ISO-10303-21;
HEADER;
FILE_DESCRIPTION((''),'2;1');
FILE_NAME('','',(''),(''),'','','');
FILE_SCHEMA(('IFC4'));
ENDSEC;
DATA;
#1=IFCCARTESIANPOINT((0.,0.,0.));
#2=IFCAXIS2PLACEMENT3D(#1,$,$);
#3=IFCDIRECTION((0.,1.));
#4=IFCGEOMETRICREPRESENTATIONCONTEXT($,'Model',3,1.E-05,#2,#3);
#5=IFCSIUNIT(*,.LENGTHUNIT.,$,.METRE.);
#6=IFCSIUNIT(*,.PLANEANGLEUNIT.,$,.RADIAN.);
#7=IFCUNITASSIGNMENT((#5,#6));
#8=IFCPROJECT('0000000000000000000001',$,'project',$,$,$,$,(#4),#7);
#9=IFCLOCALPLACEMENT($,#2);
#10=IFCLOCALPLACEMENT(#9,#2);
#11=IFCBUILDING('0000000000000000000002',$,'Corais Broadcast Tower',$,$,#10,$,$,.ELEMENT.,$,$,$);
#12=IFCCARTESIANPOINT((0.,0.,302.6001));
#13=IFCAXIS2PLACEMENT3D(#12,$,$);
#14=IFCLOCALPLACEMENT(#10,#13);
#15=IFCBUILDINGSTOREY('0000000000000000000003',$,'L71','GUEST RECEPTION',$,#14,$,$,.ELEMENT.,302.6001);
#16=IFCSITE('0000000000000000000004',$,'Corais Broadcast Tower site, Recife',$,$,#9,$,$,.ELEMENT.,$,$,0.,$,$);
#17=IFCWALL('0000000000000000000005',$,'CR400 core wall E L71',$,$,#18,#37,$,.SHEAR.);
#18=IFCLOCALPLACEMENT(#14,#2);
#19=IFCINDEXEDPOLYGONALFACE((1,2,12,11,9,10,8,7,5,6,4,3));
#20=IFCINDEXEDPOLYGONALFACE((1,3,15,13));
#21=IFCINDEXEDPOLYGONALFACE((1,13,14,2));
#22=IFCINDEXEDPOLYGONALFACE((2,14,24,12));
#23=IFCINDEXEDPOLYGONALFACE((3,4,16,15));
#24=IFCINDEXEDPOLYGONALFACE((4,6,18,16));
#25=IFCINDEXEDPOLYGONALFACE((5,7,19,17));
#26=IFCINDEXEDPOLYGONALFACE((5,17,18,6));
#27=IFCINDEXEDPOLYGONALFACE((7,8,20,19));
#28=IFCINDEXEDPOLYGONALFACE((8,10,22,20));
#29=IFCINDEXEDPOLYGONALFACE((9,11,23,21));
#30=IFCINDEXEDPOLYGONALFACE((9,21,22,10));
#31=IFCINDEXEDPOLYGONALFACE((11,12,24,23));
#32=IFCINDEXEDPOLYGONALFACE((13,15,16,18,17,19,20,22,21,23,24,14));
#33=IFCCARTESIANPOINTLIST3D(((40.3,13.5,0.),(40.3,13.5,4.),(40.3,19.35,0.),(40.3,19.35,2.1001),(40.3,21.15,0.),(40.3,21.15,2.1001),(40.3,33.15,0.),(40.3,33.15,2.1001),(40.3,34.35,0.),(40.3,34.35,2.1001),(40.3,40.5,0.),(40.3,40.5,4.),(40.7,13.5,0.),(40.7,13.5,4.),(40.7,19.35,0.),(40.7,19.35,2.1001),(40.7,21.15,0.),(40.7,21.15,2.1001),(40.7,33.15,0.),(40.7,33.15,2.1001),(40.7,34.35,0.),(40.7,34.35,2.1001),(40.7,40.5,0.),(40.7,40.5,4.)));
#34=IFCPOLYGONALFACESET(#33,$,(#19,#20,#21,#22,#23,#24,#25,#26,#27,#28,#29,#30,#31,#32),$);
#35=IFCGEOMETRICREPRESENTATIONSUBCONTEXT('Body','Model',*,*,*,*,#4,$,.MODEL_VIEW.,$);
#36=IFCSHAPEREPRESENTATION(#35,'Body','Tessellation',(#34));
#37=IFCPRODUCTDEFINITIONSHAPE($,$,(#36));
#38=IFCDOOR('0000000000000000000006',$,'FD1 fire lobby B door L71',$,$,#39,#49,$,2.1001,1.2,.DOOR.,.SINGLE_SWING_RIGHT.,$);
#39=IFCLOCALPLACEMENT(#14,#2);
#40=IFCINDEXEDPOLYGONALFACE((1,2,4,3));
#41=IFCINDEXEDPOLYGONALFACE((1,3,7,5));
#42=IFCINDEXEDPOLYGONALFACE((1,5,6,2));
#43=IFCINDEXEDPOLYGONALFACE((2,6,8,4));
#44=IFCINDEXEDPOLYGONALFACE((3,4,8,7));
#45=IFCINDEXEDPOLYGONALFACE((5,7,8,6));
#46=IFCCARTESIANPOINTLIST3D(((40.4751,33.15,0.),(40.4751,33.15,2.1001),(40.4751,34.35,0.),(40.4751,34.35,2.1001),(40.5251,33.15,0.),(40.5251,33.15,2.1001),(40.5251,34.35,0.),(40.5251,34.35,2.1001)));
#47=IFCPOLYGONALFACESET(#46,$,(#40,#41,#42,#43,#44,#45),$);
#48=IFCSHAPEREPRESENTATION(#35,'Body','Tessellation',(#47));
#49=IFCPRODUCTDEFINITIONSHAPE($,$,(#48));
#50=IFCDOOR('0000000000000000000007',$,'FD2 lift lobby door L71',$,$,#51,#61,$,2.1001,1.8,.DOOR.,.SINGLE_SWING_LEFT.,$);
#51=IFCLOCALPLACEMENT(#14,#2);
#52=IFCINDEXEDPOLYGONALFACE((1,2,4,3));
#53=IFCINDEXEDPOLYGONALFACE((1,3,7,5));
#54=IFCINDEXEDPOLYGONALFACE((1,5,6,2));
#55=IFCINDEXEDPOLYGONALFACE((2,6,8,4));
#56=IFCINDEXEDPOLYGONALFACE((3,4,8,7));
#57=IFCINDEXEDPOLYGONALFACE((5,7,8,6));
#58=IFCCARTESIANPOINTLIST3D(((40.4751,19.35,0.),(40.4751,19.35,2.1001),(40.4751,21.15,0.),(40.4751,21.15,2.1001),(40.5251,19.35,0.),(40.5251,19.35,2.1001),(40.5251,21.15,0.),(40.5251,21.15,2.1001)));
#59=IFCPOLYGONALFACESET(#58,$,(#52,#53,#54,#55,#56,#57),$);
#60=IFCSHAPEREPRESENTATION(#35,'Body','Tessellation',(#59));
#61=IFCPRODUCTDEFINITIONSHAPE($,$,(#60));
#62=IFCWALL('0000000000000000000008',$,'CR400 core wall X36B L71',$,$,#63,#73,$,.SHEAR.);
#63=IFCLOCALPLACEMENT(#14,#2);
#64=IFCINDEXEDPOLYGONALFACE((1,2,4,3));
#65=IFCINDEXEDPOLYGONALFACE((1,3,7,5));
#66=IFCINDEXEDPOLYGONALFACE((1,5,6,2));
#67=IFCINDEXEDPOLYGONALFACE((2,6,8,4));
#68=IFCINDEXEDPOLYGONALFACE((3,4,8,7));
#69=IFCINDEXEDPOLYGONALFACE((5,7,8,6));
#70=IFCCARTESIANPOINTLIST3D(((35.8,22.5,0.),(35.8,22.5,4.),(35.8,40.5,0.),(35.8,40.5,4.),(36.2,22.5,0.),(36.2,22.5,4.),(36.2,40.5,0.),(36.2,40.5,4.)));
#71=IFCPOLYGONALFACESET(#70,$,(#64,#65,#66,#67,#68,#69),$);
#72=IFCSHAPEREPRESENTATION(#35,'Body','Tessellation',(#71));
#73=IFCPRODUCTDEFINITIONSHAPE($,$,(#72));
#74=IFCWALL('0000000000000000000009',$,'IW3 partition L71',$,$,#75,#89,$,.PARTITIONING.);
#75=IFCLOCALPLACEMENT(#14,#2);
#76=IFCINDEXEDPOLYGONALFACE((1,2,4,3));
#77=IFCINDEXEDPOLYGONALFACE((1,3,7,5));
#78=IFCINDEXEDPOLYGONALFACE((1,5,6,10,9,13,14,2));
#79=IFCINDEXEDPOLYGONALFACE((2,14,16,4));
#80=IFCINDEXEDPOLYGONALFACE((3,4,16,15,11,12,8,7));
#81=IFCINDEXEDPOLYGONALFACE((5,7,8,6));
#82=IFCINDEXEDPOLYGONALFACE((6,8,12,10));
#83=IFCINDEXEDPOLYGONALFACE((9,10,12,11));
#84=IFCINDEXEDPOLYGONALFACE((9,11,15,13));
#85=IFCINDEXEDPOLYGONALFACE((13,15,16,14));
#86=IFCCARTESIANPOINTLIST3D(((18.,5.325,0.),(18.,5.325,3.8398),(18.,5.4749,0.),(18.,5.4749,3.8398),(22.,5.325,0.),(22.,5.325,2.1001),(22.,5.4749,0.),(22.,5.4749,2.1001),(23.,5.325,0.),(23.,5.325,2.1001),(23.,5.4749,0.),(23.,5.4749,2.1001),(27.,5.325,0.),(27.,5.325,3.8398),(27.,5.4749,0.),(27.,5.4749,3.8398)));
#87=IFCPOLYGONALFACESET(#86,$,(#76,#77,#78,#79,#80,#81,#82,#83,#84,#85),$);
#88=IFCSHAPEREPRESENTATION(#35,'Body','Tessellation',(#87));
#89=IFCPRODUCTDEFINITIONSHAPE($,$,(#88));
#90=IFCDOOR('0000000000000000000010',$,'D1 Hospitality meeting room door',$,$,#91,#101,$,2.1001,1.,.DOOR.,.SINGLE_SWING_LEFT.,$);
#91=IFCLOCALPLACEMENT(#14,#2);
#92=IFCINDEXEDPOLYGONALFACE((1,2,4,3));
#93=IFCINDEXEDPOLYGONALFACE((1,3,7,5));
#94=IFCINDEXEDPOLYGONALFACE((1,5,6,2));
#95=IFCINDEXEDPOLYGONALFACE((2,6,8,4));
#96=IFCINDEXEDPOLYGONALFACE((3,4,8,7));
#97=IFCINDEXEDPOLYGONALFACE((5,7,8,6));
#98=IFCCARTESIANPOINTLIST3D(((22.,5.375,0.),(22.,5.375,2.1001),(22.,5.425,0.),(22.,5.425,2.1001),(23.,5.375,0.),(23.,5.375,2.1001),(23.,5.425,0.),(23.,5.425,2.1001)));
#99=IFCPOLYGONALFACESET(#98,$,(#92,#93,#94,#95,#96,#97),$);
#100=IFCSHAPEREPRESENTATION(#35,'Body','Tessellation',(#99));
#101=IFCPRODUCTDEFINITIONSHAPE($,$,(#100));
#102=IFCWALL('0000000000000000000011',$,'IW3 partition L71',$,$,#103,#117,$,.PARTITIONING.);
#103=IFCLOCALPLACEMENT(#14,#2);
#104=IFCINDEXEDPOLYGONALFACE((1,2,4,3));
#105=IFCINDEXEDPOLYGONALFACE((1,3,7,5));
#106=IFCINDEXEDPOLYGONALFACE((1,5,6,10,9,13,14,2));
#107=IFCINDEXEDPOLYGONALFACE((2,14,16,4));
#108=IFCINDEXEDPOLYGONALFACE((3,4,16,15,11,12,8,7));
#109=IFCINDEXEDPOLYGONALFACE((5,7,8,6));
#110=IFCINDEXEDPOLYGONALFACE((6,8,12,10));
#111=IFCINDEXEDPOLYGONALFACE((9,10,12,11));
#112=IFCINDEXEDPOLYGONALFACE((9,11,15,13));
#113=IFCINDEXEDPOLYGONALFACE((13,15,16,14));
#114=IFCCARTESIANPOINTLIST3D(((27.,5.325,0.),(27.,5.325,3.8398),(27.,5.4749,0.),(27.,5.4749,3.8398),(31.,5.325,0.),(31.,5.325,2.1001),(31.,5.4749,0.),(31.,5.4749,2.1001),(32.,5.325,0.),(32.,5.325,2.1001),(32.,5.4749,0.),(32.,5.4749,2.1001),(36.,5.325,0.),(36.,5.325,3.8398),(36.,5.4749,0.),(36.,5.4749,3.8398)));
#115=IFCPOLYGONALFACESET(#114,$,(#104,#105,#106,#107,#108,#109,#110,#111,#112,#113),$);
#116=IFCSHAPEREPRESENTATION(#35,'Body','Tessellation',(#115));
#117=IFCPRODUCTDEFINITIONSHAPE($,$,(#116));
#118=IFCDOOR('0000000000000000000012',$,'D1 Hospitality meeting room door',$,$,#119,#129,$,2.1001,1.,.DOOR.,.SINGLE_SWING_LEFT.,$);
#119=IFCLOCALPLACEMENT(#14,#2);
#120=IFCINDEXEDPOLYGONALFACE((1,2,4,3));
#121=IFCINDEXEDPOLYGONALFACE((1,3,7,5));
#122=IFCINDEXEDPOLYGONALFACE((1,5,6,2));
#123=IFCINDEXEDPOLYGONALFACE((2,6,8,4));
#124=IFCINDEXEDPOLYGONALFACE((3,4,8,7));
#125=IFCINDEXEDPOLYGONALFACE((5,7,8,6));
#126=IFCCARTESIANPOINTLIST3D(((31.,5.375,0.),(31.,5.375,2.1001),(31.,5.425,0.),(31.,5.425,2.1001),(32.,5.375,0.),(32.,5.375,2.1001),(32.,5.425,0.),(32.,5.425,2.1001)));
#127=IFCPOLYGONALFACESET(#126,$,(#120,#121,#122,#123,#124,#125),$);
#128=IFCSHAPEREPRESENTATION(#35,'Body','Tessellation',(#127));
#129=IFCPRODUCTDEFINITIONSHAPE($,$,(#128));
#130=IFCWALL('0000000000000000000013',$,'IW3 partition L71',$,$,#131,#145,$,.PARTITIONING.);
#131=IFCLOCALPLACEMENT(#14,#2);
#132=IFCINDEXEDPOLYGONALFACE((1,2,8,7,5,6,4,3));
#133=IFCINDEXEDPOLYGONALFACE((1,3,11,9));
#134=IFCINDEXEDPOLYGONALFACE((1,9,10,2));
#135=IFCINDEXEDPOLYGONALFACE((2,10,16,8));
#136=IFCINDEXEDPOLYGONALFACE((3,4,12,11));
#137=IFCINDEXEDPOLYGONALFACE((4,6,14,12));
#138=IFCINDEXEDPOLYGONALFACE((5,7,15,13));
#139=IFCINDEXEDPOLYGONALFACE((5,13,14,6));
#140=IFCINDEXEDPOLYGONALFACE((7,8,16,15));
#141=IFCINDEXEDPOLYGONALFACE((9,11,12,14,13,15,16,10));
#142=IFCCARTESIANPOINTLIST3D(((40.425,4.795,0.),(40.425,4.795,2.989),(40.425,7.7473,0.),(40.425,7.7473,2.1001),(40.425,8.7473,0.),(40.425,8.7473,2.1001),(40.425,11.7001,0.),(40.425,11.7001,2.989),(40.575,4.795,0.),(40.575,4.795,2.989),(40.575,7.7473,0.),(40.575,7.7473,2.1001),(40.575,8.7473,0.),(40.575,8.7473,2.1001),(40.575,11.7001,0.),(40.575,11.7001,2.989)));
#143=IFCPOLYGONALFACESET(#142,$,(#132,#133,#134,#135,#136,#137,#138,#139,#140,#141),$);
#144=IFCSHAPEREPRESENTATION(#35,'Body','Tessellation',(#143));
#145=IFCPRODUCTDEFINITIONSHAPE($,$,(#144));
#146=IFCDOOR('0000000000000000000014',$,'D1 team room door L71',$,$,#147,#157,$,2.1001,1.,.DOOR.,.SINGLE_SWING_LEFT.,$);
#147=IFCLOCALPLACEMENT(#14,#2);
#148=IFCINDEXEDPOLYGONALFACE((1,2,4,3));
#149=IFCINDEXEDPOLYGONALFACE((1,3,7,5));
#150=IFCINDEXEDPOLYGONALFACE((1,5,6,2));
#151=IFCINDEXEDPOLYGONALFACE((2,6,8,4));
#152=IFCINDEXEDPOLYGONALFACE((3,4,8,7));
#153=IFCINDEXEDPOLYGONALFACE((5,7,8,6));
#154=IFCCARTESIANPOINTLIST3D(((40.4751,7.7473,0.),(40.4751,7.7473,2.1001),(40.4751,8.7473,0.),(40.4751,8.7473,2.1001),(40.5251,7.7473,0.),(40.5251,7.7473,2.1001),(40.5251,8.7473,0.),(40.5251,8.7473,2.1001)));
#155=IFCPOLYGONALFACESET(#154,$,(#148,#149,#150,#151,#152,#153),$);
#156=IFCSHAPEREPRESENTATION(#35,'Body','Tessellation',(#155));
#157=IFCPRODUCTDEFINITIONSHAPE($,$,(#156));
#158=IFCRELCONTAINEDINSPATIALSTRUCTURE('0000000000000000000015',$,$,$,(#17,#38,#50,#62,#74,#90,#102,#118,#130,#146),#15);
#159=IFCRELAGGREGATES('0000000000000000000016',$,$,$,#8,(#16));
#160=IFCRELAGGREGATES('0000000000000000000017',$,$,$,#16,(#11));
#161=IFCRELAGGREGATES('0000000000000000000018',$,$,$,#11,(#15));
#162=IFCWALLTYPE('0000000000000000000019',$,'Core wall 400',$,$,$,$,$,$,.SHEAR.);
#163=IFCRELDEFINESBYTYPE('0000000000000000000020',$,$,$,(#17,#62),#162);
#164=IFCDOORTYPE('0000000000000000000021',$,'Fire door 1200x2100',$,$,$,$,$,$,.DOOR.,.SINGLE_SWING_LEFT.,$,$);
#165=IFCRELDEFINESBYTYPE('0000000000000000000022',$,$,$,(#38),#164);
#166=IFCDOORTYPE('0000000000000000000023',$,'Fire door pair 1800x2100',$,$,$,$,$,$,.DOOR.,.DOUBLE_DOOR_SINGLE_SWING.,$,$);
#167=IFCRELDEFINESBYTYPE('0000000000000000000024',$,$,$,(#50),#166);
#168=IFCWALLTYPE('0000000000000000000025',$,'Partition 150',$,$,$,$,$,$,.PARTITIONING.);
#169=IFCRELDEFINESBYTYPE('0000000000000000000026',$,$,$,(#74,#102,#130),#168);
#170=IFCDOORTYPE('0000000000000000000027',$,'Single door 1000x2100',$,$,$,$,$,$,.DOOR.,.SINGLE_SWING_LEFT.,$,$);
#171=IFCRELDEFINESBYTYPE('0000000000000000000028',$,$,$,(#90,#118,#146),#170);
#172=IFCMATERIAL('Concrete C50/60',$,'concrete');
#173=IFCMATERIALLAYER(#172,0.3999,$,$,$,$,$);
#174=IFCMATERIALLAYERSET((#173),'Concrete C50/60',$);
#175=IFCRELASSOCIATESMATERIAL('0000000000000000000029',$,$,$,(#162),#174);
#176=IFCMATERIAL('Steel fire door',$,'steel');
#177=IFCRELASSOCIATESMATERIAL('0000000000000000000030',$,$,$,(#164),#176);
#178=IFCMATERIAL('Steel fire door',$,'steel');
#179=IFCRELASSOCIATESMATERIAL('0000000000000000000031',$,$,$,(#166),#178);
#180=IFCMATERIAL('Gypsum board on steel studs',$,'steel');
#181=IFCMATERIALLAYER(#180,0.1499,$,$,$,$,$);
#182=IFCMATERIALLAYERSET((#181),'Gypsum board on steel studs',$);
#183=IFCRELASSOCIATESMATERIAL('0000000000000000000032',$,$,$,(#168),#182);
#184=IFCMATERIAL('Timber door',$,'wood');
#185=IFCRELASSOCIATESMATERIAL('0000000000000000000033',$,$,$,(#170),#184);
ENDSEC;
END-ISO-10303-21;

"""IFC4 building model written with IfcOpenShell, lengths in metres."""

from ifc_helpers import new_model, si_unit, direction, frame, frame_2d, origin, place, context, subcontext, project, spatial, rectangle, extrude, material, layer, layer_set, type_object, element, fill, save


model = new_model("IFC4")

# Units and contexts
model_context = context("Model", 3, precision=1e-05, world=origin(), true_north=direction((0.0, 1.0)))
body_context = subcontext(model_context, "Body", "Model", "MODEL_VIEW")
ifc_project = project(units=[si_unit("LENGTHUNIT", "METRE"), si_unit("PLANEANGLEUNIT", "RADIAN")], contexts=[model_context])

# Site, building, storey
site_placement = place(None, origin())
site = spatial("IfcSite", under=ifc_project, at=site_placement, Name="Corais Broadcast Tower site, Recife", CompositionType="ELEMENT", RefElevation=0.0)
building_placement = place(site_placement, origin())
building = spatial("IfcBuilding", under=site, at=building_placement, Name="Corais Broadcast Tower", CompositionType="ELEMENT")
storey_placement = place(building_placement, frame((0.0, 0.0, 302.6001)))
storey = spatial("IfcBuildingStorey", under=building, at=storey_placement, Name="L71", Description="GUEST RECEPTION", CompositionType="ELEMENT", Elevation=302.6001)

# Wall, openings, doors
ifc_material_1 = material(Name="Concrete C50/60", Category="concrete")
ifc_layer_1 = layer(ifc_material_1, 0.3999)
ifc_layer_set_1 = layer_set([ifc_layer_1], Name="Concrete C50/60")
wall_type_1 = type_object("IfcWallType", Name="Core wall 400", PredefinedType="SHEAR", material=ifc_layer_set_1)
wall_1_placement = place(storey_placement, frame((40.5, 13.5, 0.0), z_axis=(0.0, 0.0, 1.0), x_axis=(0.0, 1.0, 0.0)))
wall_1 = element("IfcWall", 1, at=wall_1_placement, inside=storey, type_object=wall_type_1, Name="CR400 core wall E L71", PredefinedType="SHEAR", context=body_context, shape_type="SweptSolid", body=[
    extrude(rectangle(XDim=27.0, YDim=0.3999, at=frame_2d((13.5, 0.0))), origin(), (0.0, 0.0, 1.0), 4.0),
])
opening_1_placement = place(wall_1_placement, frame((5.8501, 0.0, 0.0)))
opening_1 = element("IfcOpeningElement", 2, at=opening_1_placement, cuts=wall_1, PredefinedType="OPENING", context=body_context, shape_type="SweptSolid", body=[
    extrude(rectangle(XDim=1.8, YDim=2.1001, at=frame_2d((0.8999, 1.05))), frame((0.0, 0.21, 0.0), z_axis=(0.0, -1.0, 0.0), x_axis=(1.0, 0.0, 0.0)), (0.0, 0.0, 1.0), 0.4199),
])
opening_2_placement = place(wall_1_placement, frame((19.6499, 0.0, 0.0)))
opening_2 = element("IfcOpeningElement", 3, at=opening_2_placement, cuts=wall_1, PredefinedType="OPENING", context=body_context, shape_type="SweptSolid", body=[
    extrude(rectangle(XDim=1.2, YDim=2.1001, at=frame_2d((0.6001, 1.05))), frame((0.0, 0.21, 0.0), z_axis=(0.0, -1.0, 0.0), x_axis=(1.0, 0.0, 0.0)), (0.0, 0.0, 1.0), 0.4199),
])
ifc_material_2 = material(Name="Steel fire door", Category="steel")
door_type_1 = type_object("IfcDoorType", Name="Fire door 1200x2100", OperationType="SINGLE_SWING_LEFT", PredefinedType="DOOR", material=ifc_material_2)
door_1_placement = place(opening_2_placement, origin())
door_1 = element("IfcDoor", 4, at=door_1_placement, inside=storey, type_object=door_type_1, Name="FD1 fire lobby B door L71", OperationType="SINGLE_SWING_RIGHT", OverallHeight=2.1001, OverallWidth=1.2, PredefinedType="DOOR", context=body_context, shape_type="SweptSolid", body=[
    extrude(rectangle(XDim=1.2, YDim=2.1001, at=frame_2d((0.6001, 1.05))), frame((0.0, 0.0249, 0.0), z_axis=(0.0, -1.0, 0.0), x_axis=(1.0, 0.0, 0.0)), (0.0, 0.0, 1.0), 0.05),
])
fill(opening_2, door_1)
ifc_material_3 = material(Name="Steel fire door", Category="steel")
door_type_2 = type_object("IfcDoorType", Name="Fire door pair 1800x2100", OperationType="DOUBLE_DOOR_SINGLE_SWING", PredefinedType="DOOR", material=ifc_material_3)
door_2_placement = place(opening_1_placement, origin())
door_2 = element("IfcDoor", 5, at=door_2_placement, inside=storey, type_object=door_type_2, Name="FD2 lift lobby door L71", OperationType="SINGLE_SWING_LEFT", OverallHeight=2.1001, OverallWidth=1.8, PredefinedType="DOOR", context=body_context, shape_type="SweptSolid", body=[
    extrude(rectangle(XDim=1.8, YDim=2.1001, at=frame_2d((0.8999, 1.05))), frame((0.0, 0.0249, 0.0), z_axis=(0.0, -1.0, 0.0), x_axis=(1.0, 0.0, 0.0)), (0.0, 0.0, 1.0), 0.05),
])
fill(opening_1, door_2)

# Wall
wall_2_placement = place(storey_placement, frame((36.0, 22.5, 0.0), z_axis=(0.0, 0.0, 1.0), x_axis=(0.0, 1.0, 0.0)))
element("IfcWall", 6, at=wall_2_placement, inside=storey, type_object=wall_type_1, Name="CR400 core wall X36B L71", PredefinedType="SHEAR", context=body_context, shape_type="SweptSolid", body=[
    extrude(rectangle(XDim=18.0, YDim=0.3999, at=frame_2d((9.0, 0.0))), origin(), (0.0, 0.0, 1.0), 4.0),
])

# Walls, openings, doors
ifc_material_4 = material(Name="Gypsum board on steel studs", Category="steel")
ifc_layer_2 = layer(ifc_material_4, 0.1499)
ifc_layer_set_2 = layer_set([ifc_layer_2], Name="Gypsum board on steel studs")
wall_type_2 = type_object("IfcWallType", Name="Partition 150", PredefinedType="PARTITIONING", material=ifc_layer_set_2)
wall_3_placement = place(storey_placement, frame((27.0, 5.3999, 0.0), z_axis=(0.0, 0.0, 1.0), x_axis=(-1.0, 0.0, 0.0)))
wall_3 = element("IfcWall", 7, at=wall_3_placement, inside=storey, type_object=wall_type_2, Name="IW3 partition L71", PredefinedType="PARTITIONING", context=body_context, shape_type="SweptSolid", body=[
    extrude(rectangle(XDim=9.0, YDim=0.1499, at=frame_2d((4.5, 0.0))), origin(), (0.0, 0.0, 1.0), 3.8398),
])
opening_3_placement = place(wall_3_placement, frame((4.0, 0.0, 0.0)))
opening_3 = element("IfcOpeningElement", 8, at=opening_3_placement, cuts=wall_3, PredefinedType="OPENING", context=body_context, shape_type="SweptSolid", body=[
    extrude(rectangle(XDim=1.0, YDim=2.1001, at=frame_2d((0.5, 1.05))), frame((0.0, 0.085, 0.0), z_axis=(0.0, -1.0, 0.0), x_axis=(1.0, 0.0, 0.0)), (0.0, 0.0, 1.0), 0.1699),
])
ifc_material_5 = material(Name="Timber door", Category="wood")
door_type_3 = type_object("IfcDoorType", Name="Single door 1000x2100", OperationType="SINGLE_SWING_LEFT", PredefinedType="DOOR", material=ifc_material_5)
door_3_placement = place(opening_3_placement, origin())
door_3 = element("IfcDoor", 9, at=door_3_placement, inside=storey, type_object=door_type_3, Name="D1 Hospitality meeting room door", OperationType="SINGLE_SWING_LEFT", OverallHeight=2.1001, OverallWidth=1.0, PredefinedType="DOOR", context=body_context, shape_type="SweptSolid", body=[
    extrude(rectangle(XDim=1.0, YDim=2.1001, at=frame_2d((0.5, 1.05))), frame((0.0, 0.0249, 0.0), z_axis=(0.0, -1.0, 0.0), x_axis=(1.0, 0.0, 0.0)), (0.0, 0.0, 1.0), 0.05),
])
fill(opening_3, door_3)
wall_4_placement = place(storey_placement, frame((36.0, 5.3999, 0.0), z_axis=(0.0, 0.0, 1.0), x_axis=(-1.0, 0.0, 0.0)))
wall_4 = element("IfcWall", 10, at=wall_4_placement, inside=storey, type_object=wall_type_2, Name="IW3 partition L71", PredefinedType="PARTITIONING", context=body_context, shape_type="SweptSolid", body=[
    extrude(rectangle(XDim=9.0, YDim=0.1499, at=frame_2d((4.5, 0.0))), origin(), (0.0, 0.0, 1.0), 3.8398),
])
opening_4_placement = place(wall_4_placement, frame((4.0, 0.0, 0.0)))
opening_4 = element("IfcOpeningElement", 11, at=opening_4_placement, cuts=wall_4, PredefinedType="OPENING", context=body_context, shape_type="SweptSolid", body=[
    extrude(rectangle(XDim=1.0, YDim=2.1001, at=frame_2d((0.5, 1.05))), frame((0.0, 0.085, 0.0), z_axis=(0.0, -1.0, 0.0), x_axis=(1.0, 0.0, 0.0)), (0.0, 0.0, 1.0), 0.1699),
])
door_4_placement = place(opening_4_placement, origin())
door_4 = element("IfcDoor", 12, at=door_4_placement, inside=storey, type_object=door_type_3, Name="D1 Hospitality meeting room door", OperationType="SINGLE_SWING_LEFT", OverallHeight=2.1001, OverallWidth=1.0, PredefinedType="DOOR", context=body_context, shape_type="SweptSolid", body=[
    extrude(rectangle(XDim=1.0, YDim=2.1001, at=frame_2d((0.5, 1.05))), frame((0.0, 0.0249, 0.0), z_axis=(0.0, -1.0, 0.0), x_axis=(1.0, 0.0, 0.0)), (0.0, 0.0, 1.0), 0.05),
])
fill(opening_4, door_4)
wall_5_placement = place(storey_placement, frame((40.5, 4.7949, 0.0), z_axis=(0.0, 0.0, 1.0), x_axis=(0.0, 1.0, 0.0)))
wall_5 = element("IfcWall", 13, at=wall_5_placement, inside=storey, type_object=wall_type_2, Name="IW3 partition L71", PredefinedType="PARTITIONING", context=body_context, shape_type="SweptSolid", body=[
    extrude(rectangle(XDim=6.905, YDim=0.1499, at=frame_2d((3.4526, 0.0))), origin(), (0.0, 0.0, 1.0), 2.989),
])
opening_5_placement = place(wall_5_placement, frame((2.9524, 0.0, 0.0)))
opening_5 = element("IfcOpeningElement", 14, at=opening_5_placement, cuts=wall_5, PredefinedType="OPENING", context=body_context, shape_type="SweptSolid", body=[
    extrude(rectangle(XDim=1.0, YDim=2.1001, at=frame_2d((0.5, 1.05))), frame((0.0, 0.085, 0.0), z_axis=(0.0, -1.0, 0.0), x_axis=(1.0, 0.0, 0.0)), (0.0, 0.0, 1.0), 0.1699),
])
door_5_placement = place(opening_5_placement, origin())
door_5 = element("IfcDoor", 15, at=door_5_placement, inside=storey, type_object=door_type_3, Name="D1 team room door L71", OperationType="SINGLE_SWING_LEFT", OverallHeight=2.1001, OverallWidth=1.0, PredefinedType="DOOR", context=body_context, shape_type="SweptSolid", body=[
    extrude(rectangle(XDim=1.0, YDim=2.1001, at=frame_2d((0.5, 1.05))), frame((0.0, 0.0249, 0.0), z_axis=(0.0, -1.0, 0.0), x_axis=(1.0, 0.0, 0.0)), (0.0, 0.0, 1.0), 0.05),
])
fill(opening_5, door_5)

save(model, "model.ifc")
